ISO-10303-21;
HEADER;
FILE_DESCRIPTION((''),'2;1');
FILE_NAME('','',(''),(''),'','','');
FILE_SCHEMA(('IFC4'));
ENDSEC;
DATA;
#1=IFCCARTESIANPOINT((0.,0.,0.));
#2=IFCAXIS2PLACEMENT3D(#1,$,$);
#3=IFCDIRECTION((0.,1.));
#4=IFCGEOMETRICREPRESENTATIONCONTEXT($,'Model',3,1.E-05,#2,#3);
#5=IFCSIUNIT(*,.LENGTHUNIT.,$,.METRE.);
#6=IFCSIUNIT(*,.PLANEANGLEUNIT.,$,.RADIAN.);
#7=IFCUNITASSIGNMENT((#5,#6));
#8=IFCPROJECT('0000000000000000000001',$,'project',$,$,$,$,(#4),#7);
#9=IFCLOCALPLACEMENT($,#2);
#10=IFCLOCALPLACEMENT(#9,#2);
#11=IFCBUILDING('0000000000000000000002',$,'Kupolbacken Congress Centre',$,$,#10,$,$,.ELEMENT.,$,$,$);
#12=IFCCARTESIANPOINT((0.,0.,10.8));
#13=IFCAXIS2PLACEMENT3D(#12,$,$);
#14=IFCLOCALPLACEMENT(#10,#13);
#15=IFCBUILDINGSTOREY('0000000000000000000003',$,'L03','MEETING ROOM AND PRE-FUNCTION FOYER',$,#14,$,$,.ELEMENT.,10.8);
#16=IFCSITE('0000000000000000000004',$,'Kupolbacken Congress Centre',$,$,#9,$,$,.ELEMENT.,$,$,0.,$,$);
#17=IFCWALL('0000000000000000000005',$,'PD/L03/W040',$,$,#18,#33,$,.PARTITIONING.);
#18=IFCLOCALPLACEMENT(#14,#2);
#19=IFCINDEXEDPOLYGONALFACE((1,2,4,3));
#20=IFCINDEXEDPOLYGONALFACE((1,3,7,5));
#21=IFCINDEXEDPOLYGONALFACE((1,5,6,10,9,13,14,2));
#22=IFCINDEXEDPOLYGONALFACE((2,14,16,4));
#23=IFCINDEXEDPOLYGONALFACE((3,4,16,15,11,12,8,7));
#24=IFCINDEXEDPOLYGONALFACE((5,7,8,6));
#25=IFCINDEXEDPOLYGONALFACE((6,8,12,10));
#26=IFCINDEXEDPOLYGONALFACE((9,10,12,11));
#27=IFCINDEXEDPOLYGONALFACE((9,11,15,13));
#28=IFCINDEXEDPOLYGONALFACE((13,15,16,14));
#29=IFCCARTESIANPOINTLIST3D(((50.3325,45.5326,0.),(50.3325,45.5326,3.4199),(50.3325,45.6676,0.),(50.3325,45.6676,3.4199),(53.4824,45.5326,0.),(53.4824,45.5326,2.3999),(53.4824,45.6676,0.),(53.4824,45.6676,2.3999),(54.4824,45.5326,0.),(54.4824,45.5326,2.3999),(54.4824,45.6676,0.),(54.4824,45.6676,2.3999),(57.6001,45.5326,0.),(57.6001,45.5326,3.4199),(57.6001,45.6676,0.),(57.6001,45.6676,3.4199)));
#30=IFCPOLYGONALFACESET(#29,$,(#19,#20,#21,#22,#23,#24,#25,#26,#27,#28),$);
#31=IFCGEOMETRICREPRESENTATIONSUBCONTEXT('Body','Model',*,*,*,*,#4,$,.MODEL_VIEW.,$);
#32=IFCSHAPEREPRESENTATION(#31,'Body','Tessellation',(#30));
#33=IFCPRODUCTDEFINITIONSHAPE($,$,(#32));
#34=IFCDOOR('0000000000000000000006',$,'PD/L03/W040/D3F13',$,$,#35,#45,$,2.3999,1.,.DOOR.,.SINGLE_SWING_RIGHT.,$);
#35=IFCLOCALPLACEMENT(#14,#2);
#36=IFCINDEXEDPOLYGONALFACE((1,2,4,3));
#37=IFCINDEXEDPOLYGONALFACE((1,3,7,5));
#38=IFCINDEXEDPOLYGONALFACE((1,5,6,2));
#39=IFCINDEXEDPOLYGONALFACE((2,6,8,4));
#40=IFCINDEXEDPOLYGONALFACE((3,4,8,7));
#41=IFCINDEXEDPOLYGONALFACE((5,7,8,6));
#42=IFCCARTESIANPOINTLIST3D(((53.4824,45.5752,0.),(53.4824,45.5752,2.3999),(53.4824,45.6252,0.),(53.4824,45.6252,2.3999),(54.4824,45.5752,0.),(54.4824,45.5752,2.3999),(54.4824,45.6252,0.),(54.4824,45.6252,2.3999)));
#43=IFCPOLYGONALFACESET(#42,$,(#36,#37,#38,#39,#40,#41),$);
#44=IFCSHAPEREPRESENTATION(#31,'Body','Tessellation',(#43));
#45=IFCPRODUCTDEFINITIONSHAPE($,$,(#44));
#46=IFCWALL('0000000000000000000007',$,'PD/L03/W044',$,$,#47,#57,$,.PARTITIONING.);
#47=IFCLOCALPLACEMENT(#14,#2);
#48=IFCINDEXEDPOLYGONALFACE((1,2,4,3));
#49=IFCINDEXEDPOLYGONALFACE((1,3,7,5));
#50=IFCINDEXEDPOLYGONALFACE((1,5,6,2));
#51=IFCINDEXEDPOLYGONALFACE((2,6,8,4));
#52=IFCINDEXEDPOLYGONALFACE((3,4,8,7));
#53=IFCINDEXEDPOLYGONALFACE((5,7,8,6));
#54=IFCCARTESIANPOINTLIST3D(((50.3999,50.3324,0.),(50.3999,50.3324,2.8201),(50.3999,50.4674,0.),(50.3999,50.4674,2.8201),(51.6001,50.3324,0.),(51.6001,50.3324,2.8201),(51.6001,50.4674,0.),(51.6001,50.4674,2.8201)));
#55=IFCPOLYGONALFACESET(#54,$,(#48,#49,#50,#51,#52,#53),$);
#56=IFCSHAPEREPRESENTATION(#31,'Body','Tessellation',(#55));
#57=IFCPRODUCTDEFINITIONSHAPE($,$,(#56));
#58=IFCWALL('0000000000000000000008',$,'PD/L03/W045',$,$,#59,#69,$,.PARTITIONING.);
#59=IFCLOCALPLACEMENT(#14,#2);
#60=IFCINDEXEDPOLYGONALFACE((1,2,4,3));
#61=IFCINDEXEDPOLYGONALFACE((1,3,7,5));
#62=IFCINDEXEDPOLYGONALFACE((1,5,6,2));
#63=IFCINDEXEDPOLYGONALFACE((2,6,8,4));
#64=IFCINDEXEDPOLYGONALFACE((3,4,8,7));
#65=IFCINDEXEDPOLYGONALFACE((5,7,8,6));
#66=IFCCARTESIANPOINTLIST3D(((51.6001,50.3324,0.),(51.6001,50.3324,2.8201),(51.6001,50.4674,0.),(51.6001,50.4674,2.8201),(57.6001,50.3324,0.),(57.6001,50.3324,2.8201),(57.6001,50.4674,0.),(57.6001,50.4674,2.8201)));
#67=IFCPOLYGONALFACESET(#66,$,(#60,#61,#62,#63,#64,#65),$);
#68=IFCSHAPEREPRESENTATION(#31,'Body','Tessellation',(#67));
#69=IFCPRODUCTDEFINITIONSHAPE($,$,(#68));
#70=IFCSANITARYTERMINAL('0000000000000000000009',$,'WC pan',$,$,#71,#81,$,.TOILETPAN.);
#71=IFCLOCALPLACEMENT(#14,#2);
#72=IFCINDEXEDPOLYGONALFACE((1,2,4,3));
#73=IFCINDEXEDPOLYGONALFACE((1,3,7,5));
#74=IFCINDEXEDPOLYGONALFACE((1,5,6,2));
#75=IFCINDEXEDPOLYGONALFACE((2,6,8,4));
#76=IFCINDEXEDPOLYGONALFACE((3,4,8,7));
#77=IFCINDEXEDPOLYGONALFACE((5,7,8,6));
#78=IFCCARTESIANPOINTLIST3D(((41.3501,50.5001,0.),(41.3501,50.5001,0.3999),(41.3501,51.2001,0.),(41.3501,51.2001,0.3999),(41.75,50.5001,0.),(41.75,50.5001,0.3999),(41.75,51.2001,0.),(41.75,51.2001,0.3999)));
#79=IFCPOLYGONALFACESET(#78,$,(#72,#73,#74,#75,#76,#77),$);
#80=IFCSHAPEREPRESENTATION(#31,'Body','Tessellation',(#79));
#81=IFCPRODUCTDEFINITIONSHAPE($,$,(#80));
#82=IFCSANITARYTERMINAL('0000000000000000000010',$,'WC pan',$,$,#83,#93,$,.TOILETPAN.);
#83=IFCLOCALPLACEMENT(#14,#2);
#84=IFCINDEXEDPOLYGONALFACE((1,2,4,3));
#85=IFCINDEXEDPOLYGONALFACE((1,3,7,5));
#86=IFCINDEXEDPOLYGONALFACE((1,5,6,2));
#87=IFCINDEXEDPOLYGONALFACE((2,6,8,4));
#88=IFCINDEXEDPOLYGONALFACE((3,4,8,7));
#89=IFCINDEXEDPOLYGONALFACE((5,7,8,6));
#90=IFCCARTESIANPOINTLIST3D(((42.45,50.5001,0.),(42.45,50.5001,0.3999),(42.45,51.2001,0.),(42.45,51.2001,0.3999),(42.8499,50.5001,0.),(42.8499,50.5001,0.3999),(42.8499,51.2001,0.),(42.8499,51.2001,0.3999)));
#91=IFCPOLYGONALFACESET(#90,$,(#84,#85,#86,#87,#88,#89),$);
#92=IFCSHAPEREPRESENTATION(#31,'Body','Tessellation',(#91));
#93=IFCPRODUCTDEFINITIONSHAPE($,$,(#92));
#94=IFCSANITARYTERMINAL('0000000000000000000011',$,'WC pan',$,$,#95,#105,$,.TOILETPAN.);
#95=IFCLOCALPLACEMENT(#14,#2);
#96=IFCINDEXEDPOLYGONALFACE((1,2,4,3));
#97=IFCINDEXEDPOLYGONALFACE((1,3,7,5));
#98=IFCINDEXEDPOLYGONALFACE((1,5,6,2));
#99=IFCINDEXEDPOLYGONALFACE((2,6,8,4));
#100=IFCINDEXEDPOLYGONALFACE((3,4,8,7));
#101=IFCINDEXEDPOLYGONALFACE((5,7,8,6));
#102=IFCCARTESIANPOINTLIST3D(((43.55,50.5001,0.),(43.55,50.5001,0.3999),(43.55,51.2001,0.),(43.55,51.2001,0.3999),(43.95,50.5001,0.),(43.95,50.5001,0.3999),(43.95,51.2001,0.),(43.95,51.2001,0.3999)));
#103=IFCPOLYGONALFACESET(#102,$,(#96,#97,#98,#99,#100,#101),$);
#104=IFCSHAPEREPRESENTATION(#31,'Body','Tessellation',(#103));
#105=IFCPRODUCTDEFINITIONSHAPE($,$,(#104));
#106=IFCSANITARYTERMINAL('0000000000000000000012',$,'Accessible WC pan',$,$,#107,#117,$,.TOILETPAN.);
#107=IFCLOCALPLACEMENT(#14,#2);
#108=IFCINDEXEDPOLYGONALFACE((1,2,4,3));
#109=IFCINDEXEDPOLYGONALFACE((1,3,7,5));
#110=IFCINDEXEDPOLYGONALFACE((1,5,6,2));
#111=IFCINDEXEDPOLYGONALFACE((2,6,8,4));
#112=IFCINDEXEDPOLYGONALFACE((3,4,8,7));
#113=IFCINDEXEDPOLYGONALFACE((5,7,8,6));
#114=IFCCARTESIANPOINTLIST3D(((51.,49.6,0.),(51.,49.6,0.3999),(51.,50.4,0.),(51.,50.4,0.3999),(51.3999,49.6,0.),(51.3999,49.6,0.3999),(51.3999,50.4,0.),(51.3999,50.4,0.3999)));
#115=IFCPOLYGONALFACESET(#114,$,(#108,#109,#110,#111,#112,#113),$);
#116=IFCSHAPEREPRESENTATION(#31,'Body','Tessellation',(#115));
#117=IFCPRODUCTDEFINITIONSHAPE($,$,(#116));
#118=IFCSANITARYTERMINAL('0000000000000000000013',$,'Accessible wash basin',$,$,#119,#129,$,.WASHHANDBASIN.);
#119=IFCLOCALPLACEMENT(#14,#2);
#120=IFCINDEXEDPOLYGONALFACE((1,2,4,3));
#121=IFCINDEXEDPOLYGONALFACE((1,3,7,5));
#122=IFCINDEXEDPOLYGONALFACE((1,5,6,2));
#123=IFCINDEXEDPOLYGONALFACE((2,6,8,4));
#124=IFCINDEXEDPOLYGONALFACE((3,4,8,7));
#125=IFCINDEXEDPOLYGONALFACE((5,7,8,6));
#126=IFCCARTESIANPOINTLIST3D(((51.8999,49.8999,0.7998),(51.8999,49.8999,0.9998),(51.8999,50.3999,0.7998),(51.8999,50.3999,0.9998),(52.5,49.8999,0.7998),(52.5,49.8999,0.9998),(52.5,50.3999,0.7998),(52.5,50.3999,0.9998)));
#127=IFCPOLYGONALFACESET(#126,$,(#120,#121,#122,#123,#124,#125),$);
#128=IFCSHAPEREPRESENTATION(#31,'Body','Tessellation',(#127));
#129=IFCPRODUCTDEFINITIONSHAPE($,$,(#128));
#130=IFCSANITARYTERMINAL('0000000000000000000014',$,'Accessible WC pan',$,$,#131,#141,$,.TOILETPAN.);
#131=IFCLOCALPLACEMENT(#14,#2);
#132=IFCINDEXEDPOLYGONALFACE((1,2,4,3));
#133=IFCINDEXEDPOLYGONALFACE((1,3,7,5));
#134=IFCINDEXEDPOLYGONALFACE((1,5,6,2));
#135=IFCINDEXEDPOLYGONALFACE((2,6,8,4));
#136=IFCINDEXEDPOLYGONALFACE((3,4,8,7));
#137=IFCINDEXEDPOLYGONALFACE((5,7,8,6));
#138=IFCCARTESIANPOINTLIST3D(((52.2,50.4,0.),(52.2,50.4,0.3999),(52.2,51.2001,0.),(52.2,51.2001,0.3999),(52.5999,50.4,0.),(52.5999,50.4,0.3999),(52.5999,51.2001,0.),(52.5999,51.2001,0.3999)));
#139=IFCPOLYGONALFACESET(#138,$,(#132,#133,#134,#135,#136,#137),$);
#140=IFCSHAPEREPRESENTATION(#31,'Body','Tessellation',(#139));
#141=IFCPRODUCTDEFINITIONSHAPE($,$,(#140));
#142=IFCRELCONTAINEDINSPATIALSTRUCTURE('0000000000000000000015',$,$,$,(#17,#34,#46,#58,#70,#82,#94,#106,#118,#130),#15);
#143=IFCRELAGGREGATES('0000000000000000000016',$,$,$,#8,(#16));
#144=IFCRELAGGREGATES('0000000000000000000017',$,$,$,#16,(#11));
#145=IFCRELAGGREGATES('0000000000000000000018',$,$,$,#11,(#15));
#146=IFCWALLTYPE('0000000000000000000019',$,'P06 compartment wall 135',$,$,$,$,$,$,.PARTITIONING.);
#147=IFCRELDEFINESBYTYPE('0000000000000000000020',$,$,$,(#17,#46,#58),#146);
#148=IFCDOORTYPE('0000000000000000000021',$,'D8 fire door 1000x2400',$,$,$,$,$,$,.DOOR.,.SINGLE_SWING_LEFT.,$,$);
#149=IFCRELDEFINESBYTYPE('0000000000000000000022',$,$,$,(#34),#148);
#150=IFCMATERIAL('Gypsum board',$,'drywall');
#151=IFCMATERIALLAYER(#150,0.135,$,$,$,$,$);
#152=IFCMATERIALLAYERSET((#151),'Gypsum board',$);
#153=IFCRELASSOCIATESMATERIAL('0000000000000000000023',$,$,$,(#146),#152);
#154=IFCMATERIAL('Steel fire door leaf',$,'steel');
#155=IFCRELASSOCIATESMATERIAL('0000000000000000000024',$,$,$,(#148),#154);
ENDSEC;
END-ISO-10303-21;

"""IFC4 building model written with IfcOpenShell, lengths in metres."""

from ifc_helpers import new_model, si_unit, direction, frame, frame_2d, origin, origin_2d, place, context, subcontext, project, spatial, rectangle, extrude, material, layer, layer_set, type_object, element, fill, save


model = new_model("IFC4")

# Units and contexts
model_context = context("Model", 3, precision=1e-05, world=origin(), true_north=direction((0.0, 1.0)))
body_context = subcontext(model_context, "Body", "Model", "MODEL_VIEW")
ifc_project = project(units=[si_unit("LENGTHUNIT", "METRE"), si_unit("PLANEANGLEUNIT", "RADIAN")], contexts=[model_context])

# Site, building, storey
site_placement = place(None, origin())
site = spatial("IfcSite", under=ifc_project, at=site_placement, Name="Kupolbacken Congress Centre", CompositionType="ELEMENT", RefElevation=0.0)
building_placement = place(site_placement, origin())
building = spatial("IfcBuilding", under=site, at=building_placement, Name="Kupolbacken Congress Centre", CompositionType="ELEMENT")
storey_placement = place(building_placement, frame((0.0, 0.0, 10.8)))
storey = spatial("IfcBuildingStorey", under=building, at=storey_placement, Name="L03", Description="MEETING ROOM AND PRE-FUNCTION FOYER", CompositionType="ELEMENT", Elevation=10.8)

# Shared definitions
ifc_material_1 = material(Name="Gypsum board", Category="drywall")
ifc_layer_1 = layer(ifc_material_1, 0.135)
ifc_layer_set_1 = layer_set([ifc_layer_1], Name="Gypsum board")
wall_type_1 = type_object("IfcWallType", Name="P06 compartment wall 135", PredefinedType="PARTITIONING", material=ifc_layer_set_1)

# Wall, opening, door
wall_1_placement = place(storey_placement, frame((50.3325, 45.6001, 0.0), z_axis=(0.0, 0.0, 1.0), x_axis=(1.0, 0.0, 0.0)))
wall_1 = element("IfcWall", 1, at=wall_1_placement, inside=storey, type_object=wall_type_1, Name="PD/L03/W040", PredefinedType="PARTITIONING", context=body_context, shape_type="SweptSolid", body=[
    extrude(rectangle(XDim=7.2676, YDim=0.135, at=frame_2d((3.6338, 0.0))), origin(), (0.0, 0.0, 1.0), 3.4199),
])
opening_placement = place(wall_1_placement, frame((3.1499, 0.0, 0.0)))
opening = element("IfcOpeningElement", 2, at=opening_placement, cuts=wall_1, PredefinedType="OPENING", context=body_context, shape_type="SweptSolid", body=[
    extrude(rectangle(XDim=1.0, YDim=2.3999, at=frame_2d((0.5, 1.2))), frame((0.0, 0.0774, 0.0), z_axis=(0.0, -1.0, 0.0), x_axis=(1.0, 0.0, 0.0)), (0.0, 0.0, 1.0), 0.155),
])
ifc_material_2 = material(Name="Steel fire door leaf", Category="steel")
door_type = type_object("IfcDoorType", Name="D8 fire door 1000x2400", OperationType="SINGLE_SWING_LEFT", PredefinedType="DOOR", material=ifc_material_2)
door_placement = place(opening_placement, frame((1.0, 0.0, 0.0), z_axis=(0.0, 0.0, 1.0), x_axis=(-1.0, 0.0, 0.0)))
door = element("IfcDoor", 3, at=door_placement, inside=storey, type_object=door_type, Name="PD/L03/W040/D3F13", OperationType="SINGLE_SWING_RIGHT", OverallHeight=2.3999, OverallWidth=1.0, PredefinedType="DOOR", context=body_context, shape_type="SweptSolid", body=[
    extrude(rectangle(XDim=1.0, YDim=2.3999, at=frame_2d((0.5, 1.2))), frame((0.0, 0.0249, 0.0), z_axis=(0.0, -1.0, 0.0), x_axis=(1.0, 0.0, 0.0)), (0.0, 0.0, 1.0), 0.05),
])
fill(opening, door)

# Walls
wall_2_placement = place(storey_placement, frame((50.3999, 50.3999, 0.0), z_axis=(0.0, 0.0, 1.0), x_axis=(1.0, 0.0, 0.0)))
element("IfcWall", 4, at=wall_2_placement, inside=storey, type_object=wall_type_1, Name="PD/L03/W044", PredefinedType="PARTITIONING", context=body_context, shape_type="SweptSolid", body=[
    extrude(rectangle(XDim=1.2002, YDim=0.135, at=frame_2d((0.6001, 0.0))), origin(), (0.0, 0.0, 1.0), 2.8201),
])
wall_3_placement = place(storey_placement, frame((51.6001, 50.3999, 0.0), z_axis=(0.0, 0.0, 1.0), x_axis=(1.0, 0.0, 0.0)))
element("IfcWall", 5, at=wall_3_placement, inside=storey, type_object=wall_type_1, Name="PD/L03/W045", PredefinedType="PARTITIONING", context=body_context, shape_type="SweptSolid", body=[
    extrude(rectangle(XDim=6.0, YDim=0.135, at=frame_2d((3.0, 0.0))), origin(), (0.0, 0.0, 1.0), 2.8201),
])

# Sanitary terminals
for number, where, z_axis, x_axis, name in (
    (6, (41.55, 50.8501, 0.0), (0.0, 0.0, 1.0), (1.0, 0.0, 0.0), "WC pan"),
    (7, (42.6499, 50.8501, 0.0), (0.0, 0.0, 1.0), (1.0, 0.0, 0.0), "WC pan"),
    (8, (43.75, 50.8501, 0.0), (0.0, 0.0, 1.0), (1.0, 0.0, 0.0), "WC pan"),
):
    element("IfcSanitaryTerminal", number, at=place(storey_placement, frame(where, z_axis=z_axis, x_axis=x_axis)), inside=storey, Name=name, PredefinedType="TOILETPAN", context=body_context, shape_type="SweptSolid", body=[
        extrude(rectangle(XDim=0.3999, YDim=0.7, at=origin_2d()), origin(), (0.0, 0.0, 1.0), 0.3999),
    ])
sanitary_terminal_1_placement = place(storey_placement, frame((51.2, 50.0, 0.0), z_axis=(0.0, 0.0, 1.0), x_axis=(1.0, 0.0, 0.0)))
element("IfcSanitaryTerminal", 9, at=sanitary_terminal_1_placement, inside=storey, Name="Accessible WC pan", PredefinedType="TOILETPAN", context=body_context, shape_type="SweptSolid", body=[
    extrude(rectangle(XDim=0.3999, YDim=0.8, at=origin_2d()), origin(), (0.0, 0.0, 1.0), 0.3999),
])
sanitary_terminal_2_placement = place(storey_placement, frame((52.2, 50.1499, 0.7998), z_axis=(0.0, 0.0, 1.0), x_axis=(1.0, 0.0, 0.0)))
element("IfcSanitaryTerminal", 10, at=sanitary_terminal_2_placement, inside=storey, Name="Accessible wash basin", PredefinedType="WASHHANDBASIN", context=body_context, shape_type="SweptSolid", body=[
    extrude(rectangle(XDim=0.6001, YDim=0.5, at=origin_2d()), origin(), (0.0, 0.0, 1.0), 0.2),
])
sanitary_terminal_3_placement = place(storey_placement, frame((52.3999, 50.8, 0.0), z_axis=(0.0, 0.0, 1.0), x_axis=(1.0, 0.0, 0.0)))
element("IfcSanitaryTerminal", 11, at=sanitary_terminal_3_placement, inside=storey, Name="Accessible WC pan", PredefinedType="TOILETPAN", context=body_context, shape_type="SweptSolid", body=[
    extrude(rectangle(XDim=0.3999, YDim=0.8, at=origin_2d()), origin(), (0.0, 0.0, 1.0), 0.3999),
])

save(model, "model.ifc")
